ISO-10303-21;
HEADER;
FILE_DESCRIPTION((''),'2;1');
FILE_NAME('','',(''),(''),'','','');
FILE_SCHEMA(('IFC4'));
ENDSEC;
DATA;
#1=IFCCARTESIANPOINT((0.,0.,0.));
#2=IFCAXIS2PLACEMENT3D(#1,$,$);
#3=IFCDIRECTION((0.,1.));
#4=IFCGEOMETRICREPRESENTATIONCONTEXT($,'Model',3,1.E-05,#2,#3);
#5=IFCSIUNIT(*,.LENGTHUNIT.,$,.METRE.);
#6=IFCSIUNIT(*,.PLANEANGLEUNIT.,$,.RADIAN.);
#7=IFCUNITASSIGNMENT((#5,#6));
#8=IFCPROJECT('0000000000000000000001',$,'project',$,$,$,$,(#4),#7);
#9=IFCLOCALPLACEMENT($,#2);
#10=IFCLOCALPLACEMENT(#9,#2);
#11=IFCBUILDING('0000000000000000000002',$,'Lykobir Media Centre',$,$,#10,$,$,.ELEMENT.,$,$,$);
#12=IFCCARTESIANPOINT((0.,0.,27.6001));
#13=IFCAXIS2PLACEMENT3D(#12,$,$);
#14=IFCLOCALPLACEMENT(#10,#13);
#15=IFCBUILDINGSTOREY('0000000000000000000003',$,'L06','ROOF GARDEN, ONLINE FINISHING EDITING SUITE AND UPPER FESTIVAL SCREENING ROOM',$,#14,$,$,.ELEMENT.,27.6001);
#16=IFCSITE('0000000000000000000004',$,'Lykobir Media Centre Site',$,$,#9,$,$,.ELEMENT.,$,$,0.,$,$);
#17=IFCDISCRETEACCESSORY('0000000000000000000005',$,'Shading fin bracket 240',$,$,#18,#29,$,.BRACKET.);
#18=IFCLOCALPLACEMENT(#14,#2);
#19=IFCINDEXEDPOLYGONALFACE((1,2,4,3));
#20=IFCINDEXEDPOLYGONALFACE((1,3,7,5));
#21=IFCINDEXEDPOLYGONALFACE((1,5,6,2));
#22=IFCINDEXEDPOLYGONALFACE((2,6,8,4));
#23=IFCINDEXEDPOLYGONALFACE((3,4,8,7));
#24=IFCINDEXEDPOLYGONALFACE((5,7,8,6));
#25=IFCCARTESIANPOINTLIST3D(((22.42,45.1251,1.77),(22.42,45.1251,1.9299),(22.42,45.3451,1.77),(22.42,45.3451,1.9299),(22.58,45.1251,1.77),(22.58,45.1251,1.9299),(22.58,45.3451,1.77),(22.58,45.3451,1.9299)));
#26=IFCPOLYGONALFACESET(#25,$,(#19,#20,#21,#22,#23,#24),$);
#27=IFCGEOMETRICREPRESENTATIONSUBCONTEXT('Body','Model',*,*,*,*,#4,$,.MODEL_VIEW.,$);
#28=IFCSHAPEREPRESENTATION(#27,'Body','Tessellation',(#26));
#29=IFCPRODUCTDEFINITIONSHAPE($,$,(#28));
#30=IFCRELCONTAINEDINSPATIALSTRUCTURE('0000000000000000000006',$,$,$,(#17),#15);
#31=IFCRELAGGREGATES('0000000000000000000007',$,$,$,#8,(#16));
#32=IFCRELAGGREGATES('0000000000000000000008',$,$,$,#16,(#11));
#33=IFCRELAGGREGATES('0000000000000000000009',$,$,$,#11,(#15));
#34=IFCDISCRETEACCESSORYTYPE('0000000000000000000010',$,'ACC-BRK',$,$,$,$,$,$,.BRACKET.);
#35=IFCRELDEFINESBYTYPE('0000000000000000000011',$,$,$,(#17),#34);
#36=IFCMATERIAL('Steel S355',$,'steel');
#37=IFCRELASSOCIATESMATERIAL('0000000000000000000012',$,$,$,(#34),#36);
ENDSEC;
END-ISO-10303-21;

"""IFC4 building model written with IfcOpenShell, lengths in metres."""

from ifc_helpers import new_model, si_unit, direction, frame, origin, origin_2d, place, context, subcontext, project, spatial, rectangle, extrude, material, type_object, element, save


model = new_model("IFC4")

# Units and contexts
model_context = context("Model", 3, precision=1e-05, world=origin(), true_north=direction((0.0, 1.0)))
body_context = subcontext(model_context, "Body", "Model", "MODEL_VIEW")
ifc_project = project(units=[si_unit("LENGTHUNIT", "METRE"), si_unit("PLANEANGLEUNIT", "RADIAN")], contexts=[model_context])

# Site, building, storey
site_placement = place(None, origin())
site = spatial("IfcSite", under=ifc_project, at=site_placement, Name="Lykobir Media Centre Site", CompositionType="ELEMENT", RefElevation=0.0)
building_placement = place(site_placement, origin())
building = spatial("IfcBuilding", under=site, at=building_placement, Name="Lykobir Media Centre", CompositionType="ELEMENT")
storey_placement = place(building_placement, frame((0.0, 0.0, 27.6001)))
storey = spatial("IfcBuildingStorey", under=building, at=storey_placement, Name="L06", Description="ROOF GARDEN, ONLINE FINISHING EDITING SUITE AND UPPER FESTIVAL SCREENING ROOM", CompositionType="ELEMENT", Elevation=27.6001)

# Shared definitions
ifc_material_1 = material(Name="Steel S355", Category="steel")

# Discrete accessory
discrete_accessory_type = type_object("IfcDiscreteAccessoryType", Name="ACC-BRK", PredefinedType="BRACKET", material=ifc_material_1)
for number, where, z_axis, x_axis, name in (
    (1, (22.5, 45.2351, 1.77), (0.0, 0.0, 1.0), (-1.0, 0.0, 0.0), "Shading fin bracket 240"),
):
    element("IfcDiscreteAccessory", number, at=place(storey_placement, frame(where, z_axis=z_axis, x_axis=x_axis)), inside=storey, type_object=discrete_accessory_type, Name=name, PredefinedType="BRACKET", context=body_context, shape_type="SweptSolid", body=[
        extrude(rectangle(XDim=0.1599, YDim=0.22, at=origin_2d()), origin(), (0.0, 0.0, 1.0), 0.1599),
    ])

save(model, "model.ifc")
